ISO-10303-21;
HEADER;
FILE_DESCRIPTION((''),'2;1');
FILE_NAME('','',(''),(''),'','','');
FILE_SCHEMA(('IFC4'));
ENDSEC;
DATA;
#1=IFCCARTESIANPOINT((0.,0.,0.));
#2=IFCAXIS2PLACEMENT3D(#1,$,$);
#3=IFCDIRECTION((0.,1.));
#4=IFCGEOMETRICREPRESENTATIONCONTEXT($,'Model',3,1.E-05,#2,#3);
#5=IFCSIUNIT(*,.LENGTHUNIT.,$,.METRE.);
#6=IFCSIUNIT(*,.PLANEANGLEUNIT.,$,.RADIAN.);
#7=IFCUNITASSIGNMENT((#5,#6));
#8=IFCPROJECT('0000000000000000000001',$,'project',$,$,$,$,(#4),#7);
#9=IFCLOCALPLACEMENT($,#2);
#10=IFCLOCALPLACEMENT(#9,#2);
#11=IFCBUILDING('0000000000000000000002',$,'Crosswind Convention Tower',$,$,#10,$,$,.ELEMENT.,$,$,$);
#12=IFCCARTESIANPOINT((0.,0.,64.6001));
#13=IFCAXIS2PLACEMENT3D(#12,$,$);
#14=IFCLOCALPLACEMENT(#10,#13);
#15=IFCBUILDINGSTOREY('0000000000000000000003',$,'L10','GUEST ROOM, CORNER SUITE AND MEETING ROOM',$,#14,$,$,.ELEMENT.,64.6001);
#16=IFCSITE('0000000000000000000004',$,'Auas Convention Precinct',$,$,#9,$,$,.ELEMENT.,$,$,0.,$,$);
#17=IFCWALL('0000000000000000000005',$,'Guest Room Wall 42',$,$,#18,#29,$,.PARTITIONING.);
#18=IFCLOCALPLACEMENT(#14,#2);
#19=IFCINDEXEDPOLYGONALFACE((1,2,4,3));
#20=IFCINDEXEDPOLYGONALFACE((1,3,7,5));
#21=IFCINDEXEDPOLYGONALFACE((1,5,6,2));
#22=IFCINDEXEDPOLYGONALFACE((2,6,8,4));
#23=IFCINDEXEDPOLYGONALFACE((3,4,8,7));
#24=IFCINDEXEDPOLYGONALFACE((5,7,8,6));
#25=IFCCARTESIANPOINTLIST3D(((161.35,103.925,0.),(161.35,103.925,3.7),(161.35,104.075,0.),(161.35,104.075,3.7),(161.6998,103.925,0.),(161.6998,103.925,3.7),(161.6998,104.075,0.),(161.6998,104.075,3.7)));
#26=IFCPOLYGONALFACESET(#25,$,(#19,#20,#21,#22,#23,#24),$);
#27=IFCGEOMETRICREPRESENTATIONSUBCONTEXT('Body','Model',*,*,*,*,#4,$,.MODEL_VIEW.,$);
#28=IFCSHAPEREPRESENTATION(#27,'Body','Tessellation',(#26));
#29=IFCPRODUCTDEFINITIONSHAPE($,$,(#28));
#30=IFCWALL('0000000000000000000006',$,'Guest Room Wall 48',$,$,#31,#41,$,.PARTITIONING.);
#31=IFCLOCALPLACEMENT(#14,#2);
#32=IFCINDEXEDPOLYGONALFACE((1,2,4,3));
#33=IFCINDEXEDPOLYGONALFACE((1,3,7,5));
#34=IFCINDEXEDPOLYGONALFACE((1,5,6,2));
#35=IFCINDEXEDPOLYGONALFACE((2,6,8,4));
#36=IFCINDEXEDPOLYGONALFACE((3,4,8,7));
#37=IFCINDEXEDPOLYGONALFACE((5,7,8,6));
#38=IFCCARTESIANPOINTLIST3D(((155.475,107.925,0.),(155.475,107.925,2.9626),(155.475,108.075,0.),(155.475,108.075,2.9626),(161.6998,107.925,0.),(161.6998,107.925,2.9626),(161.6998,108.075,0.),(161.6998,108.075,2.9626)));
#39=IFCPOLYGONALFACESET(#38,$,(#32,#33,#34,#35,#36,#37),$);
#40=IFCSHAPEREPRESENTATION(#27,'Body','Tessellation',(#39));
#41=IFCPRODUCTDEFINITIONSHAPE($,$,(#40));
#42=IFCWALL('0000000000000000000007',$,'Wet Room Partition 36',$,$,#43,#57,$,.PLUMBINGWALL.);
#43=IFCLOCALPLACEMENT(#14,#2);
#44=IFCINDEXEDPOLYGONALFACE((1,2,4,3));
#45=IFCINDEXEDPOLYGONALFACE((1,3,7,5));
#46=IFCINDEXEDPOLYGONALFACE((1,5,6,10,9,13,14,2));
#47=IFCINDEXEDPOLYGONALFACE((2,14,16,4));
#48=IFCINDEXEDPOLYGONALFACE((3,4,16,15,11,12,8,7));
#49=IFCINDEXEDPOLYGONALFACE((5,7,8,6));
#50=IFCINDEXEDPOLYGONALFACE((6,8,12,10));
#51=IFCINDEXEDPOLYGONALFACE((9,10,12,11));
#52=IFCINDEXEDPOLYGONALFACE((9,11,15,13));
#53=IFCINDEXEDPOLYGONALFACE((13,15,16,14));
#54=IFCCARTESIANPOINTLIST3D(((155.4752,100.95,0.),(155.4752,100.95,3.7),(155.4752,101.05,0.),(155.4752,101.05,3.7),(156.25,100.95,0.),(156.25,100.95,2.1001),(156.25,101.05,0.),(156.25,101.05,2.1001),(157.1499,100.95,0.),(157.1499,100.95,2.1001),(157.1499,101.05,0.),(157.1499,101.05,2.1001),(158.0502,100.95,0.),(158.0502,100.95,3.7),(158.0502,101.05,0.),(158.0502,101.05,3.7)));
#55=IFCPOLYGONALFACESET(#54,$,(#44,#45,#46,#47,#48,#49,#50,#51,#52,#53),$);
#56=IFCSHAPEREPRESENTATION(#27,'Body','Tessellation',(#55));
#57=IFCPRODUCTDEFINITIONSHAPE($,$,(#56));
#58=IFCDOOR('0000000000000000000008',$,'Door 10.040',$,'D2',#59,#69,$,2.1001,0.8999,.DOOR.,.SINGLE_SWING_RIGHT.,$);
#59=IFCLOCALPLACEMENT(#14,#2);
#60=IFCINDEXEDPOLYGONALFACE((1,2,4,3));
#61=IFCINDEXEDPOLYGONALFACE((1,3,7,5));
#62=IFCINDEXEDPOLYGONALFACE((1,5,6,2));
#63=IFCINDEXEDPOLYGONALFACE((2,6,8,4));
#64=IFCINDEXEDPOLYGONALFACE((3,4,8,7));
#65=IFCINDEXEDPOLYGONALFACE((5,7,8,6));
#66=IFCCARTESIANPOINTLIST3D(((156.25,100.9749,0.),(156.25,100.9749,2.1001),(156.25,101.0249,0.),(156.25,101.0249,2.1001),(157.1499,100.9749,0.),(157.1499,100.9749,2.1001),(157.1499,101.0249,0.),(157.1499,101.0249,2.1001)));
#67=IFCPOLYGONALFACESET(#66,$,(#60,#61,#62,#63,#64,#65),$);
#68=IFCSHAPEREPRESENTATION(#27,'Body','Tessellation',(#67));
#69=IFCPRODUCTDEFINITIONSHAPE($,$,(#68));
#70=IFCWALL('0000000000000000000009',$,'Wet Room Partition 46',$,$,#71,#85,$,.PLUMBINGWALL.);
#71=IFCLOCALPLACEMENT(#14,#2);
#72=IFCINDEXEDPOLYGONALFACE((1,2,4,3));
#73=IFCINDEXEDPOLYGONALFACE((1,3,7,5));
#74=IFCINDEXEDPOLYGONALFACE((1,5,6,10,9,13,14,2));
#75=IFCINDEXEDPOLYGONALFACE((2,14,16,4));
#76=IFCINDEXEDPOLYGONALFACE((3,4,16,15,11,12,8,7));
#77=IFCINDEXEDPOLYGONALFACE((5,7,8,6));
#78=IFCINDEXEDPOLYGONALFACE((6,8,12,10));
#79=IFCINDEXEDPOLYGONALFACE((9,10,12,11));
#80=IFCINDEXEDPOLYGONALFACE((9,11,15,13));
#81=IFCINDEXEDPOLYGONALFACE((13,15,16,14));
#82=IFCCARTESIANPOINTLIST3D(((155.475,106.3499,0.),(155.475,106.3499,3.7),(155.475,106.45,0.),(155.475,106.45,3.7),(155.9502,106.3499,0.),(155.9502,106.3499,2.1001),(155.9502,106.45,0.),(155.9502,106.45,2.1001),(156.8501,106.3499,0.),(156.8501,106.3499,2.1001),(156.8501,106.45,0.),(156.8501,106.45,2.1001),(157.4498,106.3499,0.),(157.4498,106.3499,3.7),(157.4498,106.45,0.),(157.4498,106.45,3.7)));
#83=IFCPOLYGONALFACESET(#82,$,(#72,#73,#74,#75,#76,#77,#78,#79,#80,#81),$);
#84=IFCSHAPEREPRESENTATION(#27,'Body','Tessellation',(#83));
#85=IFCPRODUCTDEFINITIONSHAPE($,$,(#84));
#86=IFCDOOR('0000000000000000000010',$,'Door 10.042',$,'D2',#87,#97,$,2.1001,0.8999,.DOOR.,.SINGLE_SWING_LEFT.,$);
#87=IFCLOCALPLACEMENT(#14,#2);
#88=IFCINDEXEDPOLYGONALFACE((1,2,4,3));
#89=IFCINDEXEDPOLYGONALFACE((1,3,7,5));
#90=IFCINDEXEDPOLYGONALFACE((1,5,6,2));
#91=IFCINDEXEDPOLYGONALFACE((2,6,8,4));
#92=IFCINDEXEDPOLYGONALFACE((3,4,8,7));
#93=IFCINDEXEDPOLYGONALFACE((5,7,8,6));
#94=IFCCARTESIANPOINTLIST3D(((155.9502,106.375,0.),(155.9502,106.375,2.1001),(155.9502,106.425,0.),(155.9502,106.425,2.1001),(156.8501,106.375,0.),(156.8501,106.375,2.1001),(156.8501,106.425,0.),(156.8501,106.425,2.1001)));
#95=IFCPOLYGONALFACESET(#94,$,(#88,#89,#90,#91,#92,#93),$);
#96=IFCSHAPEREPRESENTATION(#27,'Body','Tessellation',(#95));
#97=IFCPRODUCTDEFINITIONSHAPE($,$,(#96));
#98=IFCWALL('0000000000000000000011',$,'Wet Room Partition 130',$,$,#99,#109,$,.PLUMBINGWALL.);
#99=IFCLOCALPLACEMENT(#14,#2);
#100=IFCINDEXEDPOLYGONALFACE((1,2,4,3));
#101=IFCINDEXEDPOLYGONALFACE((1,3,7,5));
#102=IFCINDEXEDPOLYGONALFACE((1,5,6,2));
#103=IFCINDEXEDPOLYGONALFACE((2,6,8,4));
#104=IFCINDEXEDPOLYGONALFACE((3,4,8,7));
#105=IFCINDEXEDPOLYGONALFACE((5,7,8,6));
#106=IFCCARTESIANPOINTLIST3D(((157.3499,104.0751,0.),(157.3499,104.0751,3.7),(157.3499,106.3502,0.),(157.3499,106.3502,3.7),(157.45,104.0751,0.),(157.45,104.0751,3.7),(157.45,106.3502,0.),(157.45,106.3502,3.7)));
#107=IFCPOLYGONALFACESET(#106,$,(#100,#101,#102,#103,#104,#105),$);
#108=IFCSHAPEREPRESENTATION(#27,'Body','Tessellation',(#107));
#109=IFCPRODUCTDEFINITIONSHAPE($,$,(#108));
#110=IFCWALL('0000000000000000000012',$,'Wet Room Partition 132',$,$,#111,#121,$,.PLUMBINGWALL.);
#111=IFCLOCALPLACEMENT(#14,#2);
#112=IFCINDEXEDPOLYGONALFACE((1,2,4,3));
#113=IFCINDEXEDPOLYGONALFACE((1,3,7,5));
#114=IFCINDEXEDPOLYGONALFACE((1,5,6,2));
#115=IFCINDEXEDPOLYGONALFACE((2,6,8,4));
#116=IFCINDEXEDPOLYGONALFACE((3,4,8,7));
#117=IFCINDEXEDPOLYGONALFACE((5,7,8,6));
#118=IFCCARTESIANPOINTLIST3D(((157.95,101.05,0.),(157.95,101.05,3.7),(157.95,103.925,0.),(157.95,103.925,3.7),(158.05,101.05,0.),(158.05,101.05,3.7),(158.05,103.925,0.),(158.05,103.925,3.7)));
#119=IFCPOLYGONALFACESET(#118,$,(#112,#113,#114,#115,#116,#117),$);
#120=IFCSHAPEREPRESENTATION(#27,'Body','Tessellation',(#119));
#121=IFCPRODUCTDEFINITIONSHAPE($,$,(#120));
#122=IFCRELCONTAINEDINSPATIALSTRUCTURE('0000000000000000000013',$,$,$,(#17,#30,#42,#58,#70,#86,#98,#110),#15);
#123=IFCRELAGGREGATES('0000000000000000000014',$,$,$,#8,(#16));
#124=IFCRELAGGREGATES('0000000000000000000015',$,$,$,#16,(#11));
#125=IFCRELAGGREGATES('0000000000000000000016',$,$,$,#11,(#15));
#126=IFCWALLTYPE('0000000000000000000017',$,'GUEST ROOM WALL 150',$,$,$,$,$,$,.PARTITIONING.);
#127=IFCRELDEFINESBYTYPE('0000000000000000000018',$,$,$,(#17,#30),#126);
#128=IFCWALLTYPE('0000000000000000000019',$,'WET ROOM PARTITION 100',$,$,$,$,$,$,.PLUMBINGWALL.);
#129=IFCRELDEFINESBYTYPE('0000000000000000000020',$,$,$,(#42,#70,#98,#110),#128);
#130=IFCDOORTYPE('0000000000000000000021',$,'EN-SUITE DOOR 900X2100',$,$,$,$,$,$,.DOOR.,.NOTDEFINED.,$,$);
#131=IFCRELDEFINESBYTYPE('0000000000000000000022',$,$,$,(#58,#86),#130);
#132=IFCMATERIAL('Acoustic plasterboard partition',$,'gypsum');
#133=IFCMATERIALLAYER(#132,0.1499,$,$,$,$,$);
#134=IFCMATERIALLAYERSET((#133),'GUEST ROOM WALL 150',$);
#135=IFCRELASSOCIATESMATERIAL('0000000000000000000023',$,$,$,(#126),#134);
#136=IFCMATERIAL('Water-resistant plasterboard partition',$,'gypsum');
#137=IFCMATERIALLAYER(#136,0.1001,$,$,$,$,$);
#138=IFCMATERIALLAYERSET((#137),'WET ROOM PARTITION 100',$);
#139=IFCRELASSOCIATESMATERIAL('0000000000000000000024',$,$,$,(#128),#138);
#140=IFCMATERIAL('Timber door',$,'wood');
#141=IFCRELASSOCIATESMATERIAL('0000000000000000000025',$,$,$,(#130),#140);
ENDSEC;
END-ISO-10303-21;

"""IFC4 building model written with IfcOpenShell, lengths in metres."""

from ifc_helpers import new_model, si_unit, direction, frame, frame_2d, origin, place, context, subcontext, project, spatial, rectangle, extrude, material, layer, layer_set, type_object, element, fill, save


model = new_model("IFC4")

# Units and contexts
model_context = context("Model", 3, precision=1e-05, world=origin(), true_north=direction((0.0, 1.0)))
body_context = subcontext(model_context, "Body", "Model", "MODEL_VIEW")
ifc_project = project(units=[si_unit("LENGTHUNIT", "METRE"), si_unit("PLANEANGLEUNIT", "RADIAN")], contexts=[model_context])

# Site, building, storey
site_placement = place(None, origin())
site = spatial("IfcSite", under=ifc_project, at=site_placement, Name="Auas Convention Precinct", CompositionType="ELEMENT", RefElevation=0.0)
building_placement = place(site_placement, origin())
building = spatial("IfcBuilding", under=site, at=building_placement, Name="Crosswind Convention Tower", CompositionType="ELEMENT")
storey_placement = place(building_placement, frame((0.0, 0.0, 64.6001)))
storey = spatial("IfcBuildingStorey", under=building, at=storey_placement, Name="L10", Description="GUEST ROOM, CORNER SUITE AND MEETING ROOM", CompositionType="ELEMENT", Elevation=64.6001)

# Walls
ifc_material_1 = material(Name="Acoustic plasterboard partition", Category="gypsum")
ifc_layer_1 = layer(ifc_material_1, 0.1499)
ifc_layer_set_1 = layer_set([ifc_layer_1], Name="GUEST ROOM WALL 150")
wall_type_1 = type_object("IfcWallType", Name="GUEST ROOM WALL 150", PredefinedType="PARTITIONING", material=ifc_layer_set_1)
wall_1_placement = place(storey_placement, frame((161.3501, 104.0, 0.0), z_axis=(0.0, 0.0, 1.0), x_axis=(1.0, 0.0, 0.0)))
element("IfcWall", 1, at=wall_1_placement, inside=storey, type_object=wall_type_1, Name="Guest Room Wall 42", PredefinedType="PARTITIONING", context=body_context, shape_type="SweptSolid", body=[
    extrude(rectangle(XDim=0.3499, YDim=0.1499, at=frame_2d((0.1748, 0.0))), origin(), (0.0, 0.0, 1.0), 3.7),
])
wall_2_placement = place(storey_placement, frame((155.4751, 108.0, 0.0), z_axis=(0.0, 0.0, 1.0), x_axis=(1.0, 0.0, 0.0)))
element("IfcWall", 2, at=wall_2_placement, inside=storey, type_object=wall_type_1, Name="Guest Room Wall 48", PredefinedType="PARTITIONING", context=body_context, shape_type="SweptSolid", body=[
    extrude(rectangle(XDim=6.2249, YDim=0.1499, at=frame_2d((3.1123, 0.0))), origin(), (0.0, 0.0, 1.0), 2.9626),
])

# Walls, openings, doors
ifc_material_2 = material(Name="Water-resistant plasterboard partition", Category="gypsum")
ifc_layer_2 = layer(ifc_material_2, 0.1001)
ifc_layer_set_2 = layer_set([ifc_layer_2], Name="WET ROOM PARTITION 100")
wall_type_2 = type_object("IfcWallType", Name="WET ROOM PARTITION 100", PredefinedType="PLUMBINGWALL", material=ifc_layer_set_2)
wall_3_placement = place(storey_placement, frame((155.4751, 101.0, 0.0), z_axis=(0.0, 0.0, 1.0), x_axis=(1.0, 0.0, 0.0)))
wall_3 = element("IfcWall", 3, at=wall_3_placement, inside=storey, type_object=wall_type_2, Name="Wet Room Partition 36", PredefinedType="PLUMBINGWALL", context=body_context, shape_type="SweptSolid", body=[
    extrude(rectangle(XDim=2.575, YDim=0.1001, at=frame_2d((1.2876, 0.0))), origin(), (0.0, 0.0, 1.0), 3.7),
])
opening_1_placement = place(wall_3_placement, frame((0.7749, 0.0, 0.0)))
opening_1 = element("IfcOpeningElement", 4, at=opening_1_placement, cuts=wall_3, PredefinedType="OPENING", context=body_context, shape_type="SweptSolid", body=[
    extrude(rectangle(XDim=0.8999, YDim=2.1001, at=frame_2d((0.45, 1.05))), frame((0.0, 0.0601, 0.0), z_axis=(0.0, -1.0, 0.0), x_axis=(1.0, 0.0, 0.0)), (0.0, 0.0, 1.0), 0.1201),
])
ifc_material_3 = material(Name="Timber door", Category="wood")
door_type = type_object("IfcDoorType", Name="EN-SUITE DOOR 900X2100", OperationType="NOTDEFINED", PredefinedType="DOOR", material=ifc_material_3)
door_1_placement = place(opening_1_placement, origin())
door_1 = element("IfcDoor", 5, at=door_1_placement, inside=storey, type_object=door_type, Name="Door 10.040", ObjectType="D2", OperationType="SINGLE_SWING_RIGHT", OverallHeight=2.1001, OverallWidth=0.8999, PredefinedType="DOOR", context=body_context, shape_type="SweptSolid", body=[
    extrude(rectangle(XDim=0.8999, YDim=2.1001, at=frame_2d((0.45, 1.05))), frame((0.0, 0.0249, 0.0), z_axis=(0.0, -1.0, 0.0), x_axis=(1.0, 0.0, 0.0)), (0.0, 0.0, 1.0), 0.05),
])
fill(opening_1, door_1)
wall_4_placement = place(storey_placement, frame((155.4751, 106.3999, 0.0), z_axis=(0.0, 0.0, 1.0), x_axis=(1.0, 0.0, 0.0)))
wall_4 = element("IfcWall", 6, at=wall_4_placement, inside=storey, type_object=wall_type_2, Name="Wet Room Partition 46", PredefinedType="PLUMBINGWALL", context=body_context, shape_type="SweptSolid", body=[
    extrude(rectangle(XDim=1.9749, YDim=0.1001, at=frame_2d((0.9873, 0.0))), origin(), (0.0, 0.0, 1.0), 3.7),
])
opening_2_placement = place(wall_4_placement, frame((0.4751, 0.0, 0.0)))
opening_2 = element("IfcOpeningElement", 7, at=opening_2_placement, cuts=wall_4, PredefinedType="OPENING", context=body_context, shape_type="SweptSolid", body=[
    extrude(rectangle(XDim=0.8999, YDim=2.1001, at=frame_2d((0.45, 1.05))), frame((0.0, 0.0601, 0.0), z_axis=(0.0, -1.0, 0.0), x_axis=(1.0, 0.0, 0.0)), (0.0, 0.0, 1.0), 0.1201),
])
door_2_placement = place(opening_2_placement, frame((0.8999, 0.0, 0.0), z_axis=(0.0, 0.0, 1.0), x_axis=(-1.0, 0.0, 0.0)))
door_2 = element("IfcDoor", 8, at=door_2_placement, inside=storey, type_object=door_type, Name="Door 10.042", ObjectType="D2", OperationType="SINGLE_SWING_LEFT", OverallHeight=2.1001, OverallWidth=0.8999, PredefinedType="DOOR", context=body_context, shape_type="SweptSolid", body=[
    extrude(rectangle(XDim=0.8999, YDim=2.1001, at=frame_2d((0.45, 1.05))), frame((0.0, 0.0249, 0.0), z_axis=(0.0, -1.0, 0.0), x_axis=(1.0, 0.0, 0.0)), (0.0, 0.0, 1.0), 0.05),
])
fill(opening_2, door_2)

# Walls
wall_5_placement = place(storey_placement, frame((157.3999, 104.075, 0.0), z_axis=(0.0, 0.0, 1.0), x_axis=(0.0, 1.0, 0.0)))
element("IfcWall", 9, at=wall_5_placement, inside=storey, type_object=wall_type_2, Name="Wet Room Partition 130", PredefinedType="PLUMBINGWALL", context=body_context, shape_type="SweptSolid", body=[
    extrude(rectangle(XDim=2.2751, YDim=0.1001, at=frame_2d((1.1377, 0.0))), origin(), (0.0, 0.0, 1.0), 3.7),
])
wall_6_placement = place(storey_placement, frame((158.0, 101.05, 0.0), z_axis=(0.0, 0.0, 1.0), x_axis=(0.0, 1.0, 0.0)))
element("IfcWall", 10, at=wall_6_placement, inside=storey, type_object=wall_type_2, Name="Wet Room Partition 132", PredefinedType="PLUMBINGWALL", context=body_context, shape_type="SweptSolid", body=[
    extrude(rectangle(XDim=2.875, YDim=0.1001, at=frame_2d((1.4375, 0.0))), origin(), (0.0, 0.0, 1.0), 3.7),
])

save(model, "model.ifc")
